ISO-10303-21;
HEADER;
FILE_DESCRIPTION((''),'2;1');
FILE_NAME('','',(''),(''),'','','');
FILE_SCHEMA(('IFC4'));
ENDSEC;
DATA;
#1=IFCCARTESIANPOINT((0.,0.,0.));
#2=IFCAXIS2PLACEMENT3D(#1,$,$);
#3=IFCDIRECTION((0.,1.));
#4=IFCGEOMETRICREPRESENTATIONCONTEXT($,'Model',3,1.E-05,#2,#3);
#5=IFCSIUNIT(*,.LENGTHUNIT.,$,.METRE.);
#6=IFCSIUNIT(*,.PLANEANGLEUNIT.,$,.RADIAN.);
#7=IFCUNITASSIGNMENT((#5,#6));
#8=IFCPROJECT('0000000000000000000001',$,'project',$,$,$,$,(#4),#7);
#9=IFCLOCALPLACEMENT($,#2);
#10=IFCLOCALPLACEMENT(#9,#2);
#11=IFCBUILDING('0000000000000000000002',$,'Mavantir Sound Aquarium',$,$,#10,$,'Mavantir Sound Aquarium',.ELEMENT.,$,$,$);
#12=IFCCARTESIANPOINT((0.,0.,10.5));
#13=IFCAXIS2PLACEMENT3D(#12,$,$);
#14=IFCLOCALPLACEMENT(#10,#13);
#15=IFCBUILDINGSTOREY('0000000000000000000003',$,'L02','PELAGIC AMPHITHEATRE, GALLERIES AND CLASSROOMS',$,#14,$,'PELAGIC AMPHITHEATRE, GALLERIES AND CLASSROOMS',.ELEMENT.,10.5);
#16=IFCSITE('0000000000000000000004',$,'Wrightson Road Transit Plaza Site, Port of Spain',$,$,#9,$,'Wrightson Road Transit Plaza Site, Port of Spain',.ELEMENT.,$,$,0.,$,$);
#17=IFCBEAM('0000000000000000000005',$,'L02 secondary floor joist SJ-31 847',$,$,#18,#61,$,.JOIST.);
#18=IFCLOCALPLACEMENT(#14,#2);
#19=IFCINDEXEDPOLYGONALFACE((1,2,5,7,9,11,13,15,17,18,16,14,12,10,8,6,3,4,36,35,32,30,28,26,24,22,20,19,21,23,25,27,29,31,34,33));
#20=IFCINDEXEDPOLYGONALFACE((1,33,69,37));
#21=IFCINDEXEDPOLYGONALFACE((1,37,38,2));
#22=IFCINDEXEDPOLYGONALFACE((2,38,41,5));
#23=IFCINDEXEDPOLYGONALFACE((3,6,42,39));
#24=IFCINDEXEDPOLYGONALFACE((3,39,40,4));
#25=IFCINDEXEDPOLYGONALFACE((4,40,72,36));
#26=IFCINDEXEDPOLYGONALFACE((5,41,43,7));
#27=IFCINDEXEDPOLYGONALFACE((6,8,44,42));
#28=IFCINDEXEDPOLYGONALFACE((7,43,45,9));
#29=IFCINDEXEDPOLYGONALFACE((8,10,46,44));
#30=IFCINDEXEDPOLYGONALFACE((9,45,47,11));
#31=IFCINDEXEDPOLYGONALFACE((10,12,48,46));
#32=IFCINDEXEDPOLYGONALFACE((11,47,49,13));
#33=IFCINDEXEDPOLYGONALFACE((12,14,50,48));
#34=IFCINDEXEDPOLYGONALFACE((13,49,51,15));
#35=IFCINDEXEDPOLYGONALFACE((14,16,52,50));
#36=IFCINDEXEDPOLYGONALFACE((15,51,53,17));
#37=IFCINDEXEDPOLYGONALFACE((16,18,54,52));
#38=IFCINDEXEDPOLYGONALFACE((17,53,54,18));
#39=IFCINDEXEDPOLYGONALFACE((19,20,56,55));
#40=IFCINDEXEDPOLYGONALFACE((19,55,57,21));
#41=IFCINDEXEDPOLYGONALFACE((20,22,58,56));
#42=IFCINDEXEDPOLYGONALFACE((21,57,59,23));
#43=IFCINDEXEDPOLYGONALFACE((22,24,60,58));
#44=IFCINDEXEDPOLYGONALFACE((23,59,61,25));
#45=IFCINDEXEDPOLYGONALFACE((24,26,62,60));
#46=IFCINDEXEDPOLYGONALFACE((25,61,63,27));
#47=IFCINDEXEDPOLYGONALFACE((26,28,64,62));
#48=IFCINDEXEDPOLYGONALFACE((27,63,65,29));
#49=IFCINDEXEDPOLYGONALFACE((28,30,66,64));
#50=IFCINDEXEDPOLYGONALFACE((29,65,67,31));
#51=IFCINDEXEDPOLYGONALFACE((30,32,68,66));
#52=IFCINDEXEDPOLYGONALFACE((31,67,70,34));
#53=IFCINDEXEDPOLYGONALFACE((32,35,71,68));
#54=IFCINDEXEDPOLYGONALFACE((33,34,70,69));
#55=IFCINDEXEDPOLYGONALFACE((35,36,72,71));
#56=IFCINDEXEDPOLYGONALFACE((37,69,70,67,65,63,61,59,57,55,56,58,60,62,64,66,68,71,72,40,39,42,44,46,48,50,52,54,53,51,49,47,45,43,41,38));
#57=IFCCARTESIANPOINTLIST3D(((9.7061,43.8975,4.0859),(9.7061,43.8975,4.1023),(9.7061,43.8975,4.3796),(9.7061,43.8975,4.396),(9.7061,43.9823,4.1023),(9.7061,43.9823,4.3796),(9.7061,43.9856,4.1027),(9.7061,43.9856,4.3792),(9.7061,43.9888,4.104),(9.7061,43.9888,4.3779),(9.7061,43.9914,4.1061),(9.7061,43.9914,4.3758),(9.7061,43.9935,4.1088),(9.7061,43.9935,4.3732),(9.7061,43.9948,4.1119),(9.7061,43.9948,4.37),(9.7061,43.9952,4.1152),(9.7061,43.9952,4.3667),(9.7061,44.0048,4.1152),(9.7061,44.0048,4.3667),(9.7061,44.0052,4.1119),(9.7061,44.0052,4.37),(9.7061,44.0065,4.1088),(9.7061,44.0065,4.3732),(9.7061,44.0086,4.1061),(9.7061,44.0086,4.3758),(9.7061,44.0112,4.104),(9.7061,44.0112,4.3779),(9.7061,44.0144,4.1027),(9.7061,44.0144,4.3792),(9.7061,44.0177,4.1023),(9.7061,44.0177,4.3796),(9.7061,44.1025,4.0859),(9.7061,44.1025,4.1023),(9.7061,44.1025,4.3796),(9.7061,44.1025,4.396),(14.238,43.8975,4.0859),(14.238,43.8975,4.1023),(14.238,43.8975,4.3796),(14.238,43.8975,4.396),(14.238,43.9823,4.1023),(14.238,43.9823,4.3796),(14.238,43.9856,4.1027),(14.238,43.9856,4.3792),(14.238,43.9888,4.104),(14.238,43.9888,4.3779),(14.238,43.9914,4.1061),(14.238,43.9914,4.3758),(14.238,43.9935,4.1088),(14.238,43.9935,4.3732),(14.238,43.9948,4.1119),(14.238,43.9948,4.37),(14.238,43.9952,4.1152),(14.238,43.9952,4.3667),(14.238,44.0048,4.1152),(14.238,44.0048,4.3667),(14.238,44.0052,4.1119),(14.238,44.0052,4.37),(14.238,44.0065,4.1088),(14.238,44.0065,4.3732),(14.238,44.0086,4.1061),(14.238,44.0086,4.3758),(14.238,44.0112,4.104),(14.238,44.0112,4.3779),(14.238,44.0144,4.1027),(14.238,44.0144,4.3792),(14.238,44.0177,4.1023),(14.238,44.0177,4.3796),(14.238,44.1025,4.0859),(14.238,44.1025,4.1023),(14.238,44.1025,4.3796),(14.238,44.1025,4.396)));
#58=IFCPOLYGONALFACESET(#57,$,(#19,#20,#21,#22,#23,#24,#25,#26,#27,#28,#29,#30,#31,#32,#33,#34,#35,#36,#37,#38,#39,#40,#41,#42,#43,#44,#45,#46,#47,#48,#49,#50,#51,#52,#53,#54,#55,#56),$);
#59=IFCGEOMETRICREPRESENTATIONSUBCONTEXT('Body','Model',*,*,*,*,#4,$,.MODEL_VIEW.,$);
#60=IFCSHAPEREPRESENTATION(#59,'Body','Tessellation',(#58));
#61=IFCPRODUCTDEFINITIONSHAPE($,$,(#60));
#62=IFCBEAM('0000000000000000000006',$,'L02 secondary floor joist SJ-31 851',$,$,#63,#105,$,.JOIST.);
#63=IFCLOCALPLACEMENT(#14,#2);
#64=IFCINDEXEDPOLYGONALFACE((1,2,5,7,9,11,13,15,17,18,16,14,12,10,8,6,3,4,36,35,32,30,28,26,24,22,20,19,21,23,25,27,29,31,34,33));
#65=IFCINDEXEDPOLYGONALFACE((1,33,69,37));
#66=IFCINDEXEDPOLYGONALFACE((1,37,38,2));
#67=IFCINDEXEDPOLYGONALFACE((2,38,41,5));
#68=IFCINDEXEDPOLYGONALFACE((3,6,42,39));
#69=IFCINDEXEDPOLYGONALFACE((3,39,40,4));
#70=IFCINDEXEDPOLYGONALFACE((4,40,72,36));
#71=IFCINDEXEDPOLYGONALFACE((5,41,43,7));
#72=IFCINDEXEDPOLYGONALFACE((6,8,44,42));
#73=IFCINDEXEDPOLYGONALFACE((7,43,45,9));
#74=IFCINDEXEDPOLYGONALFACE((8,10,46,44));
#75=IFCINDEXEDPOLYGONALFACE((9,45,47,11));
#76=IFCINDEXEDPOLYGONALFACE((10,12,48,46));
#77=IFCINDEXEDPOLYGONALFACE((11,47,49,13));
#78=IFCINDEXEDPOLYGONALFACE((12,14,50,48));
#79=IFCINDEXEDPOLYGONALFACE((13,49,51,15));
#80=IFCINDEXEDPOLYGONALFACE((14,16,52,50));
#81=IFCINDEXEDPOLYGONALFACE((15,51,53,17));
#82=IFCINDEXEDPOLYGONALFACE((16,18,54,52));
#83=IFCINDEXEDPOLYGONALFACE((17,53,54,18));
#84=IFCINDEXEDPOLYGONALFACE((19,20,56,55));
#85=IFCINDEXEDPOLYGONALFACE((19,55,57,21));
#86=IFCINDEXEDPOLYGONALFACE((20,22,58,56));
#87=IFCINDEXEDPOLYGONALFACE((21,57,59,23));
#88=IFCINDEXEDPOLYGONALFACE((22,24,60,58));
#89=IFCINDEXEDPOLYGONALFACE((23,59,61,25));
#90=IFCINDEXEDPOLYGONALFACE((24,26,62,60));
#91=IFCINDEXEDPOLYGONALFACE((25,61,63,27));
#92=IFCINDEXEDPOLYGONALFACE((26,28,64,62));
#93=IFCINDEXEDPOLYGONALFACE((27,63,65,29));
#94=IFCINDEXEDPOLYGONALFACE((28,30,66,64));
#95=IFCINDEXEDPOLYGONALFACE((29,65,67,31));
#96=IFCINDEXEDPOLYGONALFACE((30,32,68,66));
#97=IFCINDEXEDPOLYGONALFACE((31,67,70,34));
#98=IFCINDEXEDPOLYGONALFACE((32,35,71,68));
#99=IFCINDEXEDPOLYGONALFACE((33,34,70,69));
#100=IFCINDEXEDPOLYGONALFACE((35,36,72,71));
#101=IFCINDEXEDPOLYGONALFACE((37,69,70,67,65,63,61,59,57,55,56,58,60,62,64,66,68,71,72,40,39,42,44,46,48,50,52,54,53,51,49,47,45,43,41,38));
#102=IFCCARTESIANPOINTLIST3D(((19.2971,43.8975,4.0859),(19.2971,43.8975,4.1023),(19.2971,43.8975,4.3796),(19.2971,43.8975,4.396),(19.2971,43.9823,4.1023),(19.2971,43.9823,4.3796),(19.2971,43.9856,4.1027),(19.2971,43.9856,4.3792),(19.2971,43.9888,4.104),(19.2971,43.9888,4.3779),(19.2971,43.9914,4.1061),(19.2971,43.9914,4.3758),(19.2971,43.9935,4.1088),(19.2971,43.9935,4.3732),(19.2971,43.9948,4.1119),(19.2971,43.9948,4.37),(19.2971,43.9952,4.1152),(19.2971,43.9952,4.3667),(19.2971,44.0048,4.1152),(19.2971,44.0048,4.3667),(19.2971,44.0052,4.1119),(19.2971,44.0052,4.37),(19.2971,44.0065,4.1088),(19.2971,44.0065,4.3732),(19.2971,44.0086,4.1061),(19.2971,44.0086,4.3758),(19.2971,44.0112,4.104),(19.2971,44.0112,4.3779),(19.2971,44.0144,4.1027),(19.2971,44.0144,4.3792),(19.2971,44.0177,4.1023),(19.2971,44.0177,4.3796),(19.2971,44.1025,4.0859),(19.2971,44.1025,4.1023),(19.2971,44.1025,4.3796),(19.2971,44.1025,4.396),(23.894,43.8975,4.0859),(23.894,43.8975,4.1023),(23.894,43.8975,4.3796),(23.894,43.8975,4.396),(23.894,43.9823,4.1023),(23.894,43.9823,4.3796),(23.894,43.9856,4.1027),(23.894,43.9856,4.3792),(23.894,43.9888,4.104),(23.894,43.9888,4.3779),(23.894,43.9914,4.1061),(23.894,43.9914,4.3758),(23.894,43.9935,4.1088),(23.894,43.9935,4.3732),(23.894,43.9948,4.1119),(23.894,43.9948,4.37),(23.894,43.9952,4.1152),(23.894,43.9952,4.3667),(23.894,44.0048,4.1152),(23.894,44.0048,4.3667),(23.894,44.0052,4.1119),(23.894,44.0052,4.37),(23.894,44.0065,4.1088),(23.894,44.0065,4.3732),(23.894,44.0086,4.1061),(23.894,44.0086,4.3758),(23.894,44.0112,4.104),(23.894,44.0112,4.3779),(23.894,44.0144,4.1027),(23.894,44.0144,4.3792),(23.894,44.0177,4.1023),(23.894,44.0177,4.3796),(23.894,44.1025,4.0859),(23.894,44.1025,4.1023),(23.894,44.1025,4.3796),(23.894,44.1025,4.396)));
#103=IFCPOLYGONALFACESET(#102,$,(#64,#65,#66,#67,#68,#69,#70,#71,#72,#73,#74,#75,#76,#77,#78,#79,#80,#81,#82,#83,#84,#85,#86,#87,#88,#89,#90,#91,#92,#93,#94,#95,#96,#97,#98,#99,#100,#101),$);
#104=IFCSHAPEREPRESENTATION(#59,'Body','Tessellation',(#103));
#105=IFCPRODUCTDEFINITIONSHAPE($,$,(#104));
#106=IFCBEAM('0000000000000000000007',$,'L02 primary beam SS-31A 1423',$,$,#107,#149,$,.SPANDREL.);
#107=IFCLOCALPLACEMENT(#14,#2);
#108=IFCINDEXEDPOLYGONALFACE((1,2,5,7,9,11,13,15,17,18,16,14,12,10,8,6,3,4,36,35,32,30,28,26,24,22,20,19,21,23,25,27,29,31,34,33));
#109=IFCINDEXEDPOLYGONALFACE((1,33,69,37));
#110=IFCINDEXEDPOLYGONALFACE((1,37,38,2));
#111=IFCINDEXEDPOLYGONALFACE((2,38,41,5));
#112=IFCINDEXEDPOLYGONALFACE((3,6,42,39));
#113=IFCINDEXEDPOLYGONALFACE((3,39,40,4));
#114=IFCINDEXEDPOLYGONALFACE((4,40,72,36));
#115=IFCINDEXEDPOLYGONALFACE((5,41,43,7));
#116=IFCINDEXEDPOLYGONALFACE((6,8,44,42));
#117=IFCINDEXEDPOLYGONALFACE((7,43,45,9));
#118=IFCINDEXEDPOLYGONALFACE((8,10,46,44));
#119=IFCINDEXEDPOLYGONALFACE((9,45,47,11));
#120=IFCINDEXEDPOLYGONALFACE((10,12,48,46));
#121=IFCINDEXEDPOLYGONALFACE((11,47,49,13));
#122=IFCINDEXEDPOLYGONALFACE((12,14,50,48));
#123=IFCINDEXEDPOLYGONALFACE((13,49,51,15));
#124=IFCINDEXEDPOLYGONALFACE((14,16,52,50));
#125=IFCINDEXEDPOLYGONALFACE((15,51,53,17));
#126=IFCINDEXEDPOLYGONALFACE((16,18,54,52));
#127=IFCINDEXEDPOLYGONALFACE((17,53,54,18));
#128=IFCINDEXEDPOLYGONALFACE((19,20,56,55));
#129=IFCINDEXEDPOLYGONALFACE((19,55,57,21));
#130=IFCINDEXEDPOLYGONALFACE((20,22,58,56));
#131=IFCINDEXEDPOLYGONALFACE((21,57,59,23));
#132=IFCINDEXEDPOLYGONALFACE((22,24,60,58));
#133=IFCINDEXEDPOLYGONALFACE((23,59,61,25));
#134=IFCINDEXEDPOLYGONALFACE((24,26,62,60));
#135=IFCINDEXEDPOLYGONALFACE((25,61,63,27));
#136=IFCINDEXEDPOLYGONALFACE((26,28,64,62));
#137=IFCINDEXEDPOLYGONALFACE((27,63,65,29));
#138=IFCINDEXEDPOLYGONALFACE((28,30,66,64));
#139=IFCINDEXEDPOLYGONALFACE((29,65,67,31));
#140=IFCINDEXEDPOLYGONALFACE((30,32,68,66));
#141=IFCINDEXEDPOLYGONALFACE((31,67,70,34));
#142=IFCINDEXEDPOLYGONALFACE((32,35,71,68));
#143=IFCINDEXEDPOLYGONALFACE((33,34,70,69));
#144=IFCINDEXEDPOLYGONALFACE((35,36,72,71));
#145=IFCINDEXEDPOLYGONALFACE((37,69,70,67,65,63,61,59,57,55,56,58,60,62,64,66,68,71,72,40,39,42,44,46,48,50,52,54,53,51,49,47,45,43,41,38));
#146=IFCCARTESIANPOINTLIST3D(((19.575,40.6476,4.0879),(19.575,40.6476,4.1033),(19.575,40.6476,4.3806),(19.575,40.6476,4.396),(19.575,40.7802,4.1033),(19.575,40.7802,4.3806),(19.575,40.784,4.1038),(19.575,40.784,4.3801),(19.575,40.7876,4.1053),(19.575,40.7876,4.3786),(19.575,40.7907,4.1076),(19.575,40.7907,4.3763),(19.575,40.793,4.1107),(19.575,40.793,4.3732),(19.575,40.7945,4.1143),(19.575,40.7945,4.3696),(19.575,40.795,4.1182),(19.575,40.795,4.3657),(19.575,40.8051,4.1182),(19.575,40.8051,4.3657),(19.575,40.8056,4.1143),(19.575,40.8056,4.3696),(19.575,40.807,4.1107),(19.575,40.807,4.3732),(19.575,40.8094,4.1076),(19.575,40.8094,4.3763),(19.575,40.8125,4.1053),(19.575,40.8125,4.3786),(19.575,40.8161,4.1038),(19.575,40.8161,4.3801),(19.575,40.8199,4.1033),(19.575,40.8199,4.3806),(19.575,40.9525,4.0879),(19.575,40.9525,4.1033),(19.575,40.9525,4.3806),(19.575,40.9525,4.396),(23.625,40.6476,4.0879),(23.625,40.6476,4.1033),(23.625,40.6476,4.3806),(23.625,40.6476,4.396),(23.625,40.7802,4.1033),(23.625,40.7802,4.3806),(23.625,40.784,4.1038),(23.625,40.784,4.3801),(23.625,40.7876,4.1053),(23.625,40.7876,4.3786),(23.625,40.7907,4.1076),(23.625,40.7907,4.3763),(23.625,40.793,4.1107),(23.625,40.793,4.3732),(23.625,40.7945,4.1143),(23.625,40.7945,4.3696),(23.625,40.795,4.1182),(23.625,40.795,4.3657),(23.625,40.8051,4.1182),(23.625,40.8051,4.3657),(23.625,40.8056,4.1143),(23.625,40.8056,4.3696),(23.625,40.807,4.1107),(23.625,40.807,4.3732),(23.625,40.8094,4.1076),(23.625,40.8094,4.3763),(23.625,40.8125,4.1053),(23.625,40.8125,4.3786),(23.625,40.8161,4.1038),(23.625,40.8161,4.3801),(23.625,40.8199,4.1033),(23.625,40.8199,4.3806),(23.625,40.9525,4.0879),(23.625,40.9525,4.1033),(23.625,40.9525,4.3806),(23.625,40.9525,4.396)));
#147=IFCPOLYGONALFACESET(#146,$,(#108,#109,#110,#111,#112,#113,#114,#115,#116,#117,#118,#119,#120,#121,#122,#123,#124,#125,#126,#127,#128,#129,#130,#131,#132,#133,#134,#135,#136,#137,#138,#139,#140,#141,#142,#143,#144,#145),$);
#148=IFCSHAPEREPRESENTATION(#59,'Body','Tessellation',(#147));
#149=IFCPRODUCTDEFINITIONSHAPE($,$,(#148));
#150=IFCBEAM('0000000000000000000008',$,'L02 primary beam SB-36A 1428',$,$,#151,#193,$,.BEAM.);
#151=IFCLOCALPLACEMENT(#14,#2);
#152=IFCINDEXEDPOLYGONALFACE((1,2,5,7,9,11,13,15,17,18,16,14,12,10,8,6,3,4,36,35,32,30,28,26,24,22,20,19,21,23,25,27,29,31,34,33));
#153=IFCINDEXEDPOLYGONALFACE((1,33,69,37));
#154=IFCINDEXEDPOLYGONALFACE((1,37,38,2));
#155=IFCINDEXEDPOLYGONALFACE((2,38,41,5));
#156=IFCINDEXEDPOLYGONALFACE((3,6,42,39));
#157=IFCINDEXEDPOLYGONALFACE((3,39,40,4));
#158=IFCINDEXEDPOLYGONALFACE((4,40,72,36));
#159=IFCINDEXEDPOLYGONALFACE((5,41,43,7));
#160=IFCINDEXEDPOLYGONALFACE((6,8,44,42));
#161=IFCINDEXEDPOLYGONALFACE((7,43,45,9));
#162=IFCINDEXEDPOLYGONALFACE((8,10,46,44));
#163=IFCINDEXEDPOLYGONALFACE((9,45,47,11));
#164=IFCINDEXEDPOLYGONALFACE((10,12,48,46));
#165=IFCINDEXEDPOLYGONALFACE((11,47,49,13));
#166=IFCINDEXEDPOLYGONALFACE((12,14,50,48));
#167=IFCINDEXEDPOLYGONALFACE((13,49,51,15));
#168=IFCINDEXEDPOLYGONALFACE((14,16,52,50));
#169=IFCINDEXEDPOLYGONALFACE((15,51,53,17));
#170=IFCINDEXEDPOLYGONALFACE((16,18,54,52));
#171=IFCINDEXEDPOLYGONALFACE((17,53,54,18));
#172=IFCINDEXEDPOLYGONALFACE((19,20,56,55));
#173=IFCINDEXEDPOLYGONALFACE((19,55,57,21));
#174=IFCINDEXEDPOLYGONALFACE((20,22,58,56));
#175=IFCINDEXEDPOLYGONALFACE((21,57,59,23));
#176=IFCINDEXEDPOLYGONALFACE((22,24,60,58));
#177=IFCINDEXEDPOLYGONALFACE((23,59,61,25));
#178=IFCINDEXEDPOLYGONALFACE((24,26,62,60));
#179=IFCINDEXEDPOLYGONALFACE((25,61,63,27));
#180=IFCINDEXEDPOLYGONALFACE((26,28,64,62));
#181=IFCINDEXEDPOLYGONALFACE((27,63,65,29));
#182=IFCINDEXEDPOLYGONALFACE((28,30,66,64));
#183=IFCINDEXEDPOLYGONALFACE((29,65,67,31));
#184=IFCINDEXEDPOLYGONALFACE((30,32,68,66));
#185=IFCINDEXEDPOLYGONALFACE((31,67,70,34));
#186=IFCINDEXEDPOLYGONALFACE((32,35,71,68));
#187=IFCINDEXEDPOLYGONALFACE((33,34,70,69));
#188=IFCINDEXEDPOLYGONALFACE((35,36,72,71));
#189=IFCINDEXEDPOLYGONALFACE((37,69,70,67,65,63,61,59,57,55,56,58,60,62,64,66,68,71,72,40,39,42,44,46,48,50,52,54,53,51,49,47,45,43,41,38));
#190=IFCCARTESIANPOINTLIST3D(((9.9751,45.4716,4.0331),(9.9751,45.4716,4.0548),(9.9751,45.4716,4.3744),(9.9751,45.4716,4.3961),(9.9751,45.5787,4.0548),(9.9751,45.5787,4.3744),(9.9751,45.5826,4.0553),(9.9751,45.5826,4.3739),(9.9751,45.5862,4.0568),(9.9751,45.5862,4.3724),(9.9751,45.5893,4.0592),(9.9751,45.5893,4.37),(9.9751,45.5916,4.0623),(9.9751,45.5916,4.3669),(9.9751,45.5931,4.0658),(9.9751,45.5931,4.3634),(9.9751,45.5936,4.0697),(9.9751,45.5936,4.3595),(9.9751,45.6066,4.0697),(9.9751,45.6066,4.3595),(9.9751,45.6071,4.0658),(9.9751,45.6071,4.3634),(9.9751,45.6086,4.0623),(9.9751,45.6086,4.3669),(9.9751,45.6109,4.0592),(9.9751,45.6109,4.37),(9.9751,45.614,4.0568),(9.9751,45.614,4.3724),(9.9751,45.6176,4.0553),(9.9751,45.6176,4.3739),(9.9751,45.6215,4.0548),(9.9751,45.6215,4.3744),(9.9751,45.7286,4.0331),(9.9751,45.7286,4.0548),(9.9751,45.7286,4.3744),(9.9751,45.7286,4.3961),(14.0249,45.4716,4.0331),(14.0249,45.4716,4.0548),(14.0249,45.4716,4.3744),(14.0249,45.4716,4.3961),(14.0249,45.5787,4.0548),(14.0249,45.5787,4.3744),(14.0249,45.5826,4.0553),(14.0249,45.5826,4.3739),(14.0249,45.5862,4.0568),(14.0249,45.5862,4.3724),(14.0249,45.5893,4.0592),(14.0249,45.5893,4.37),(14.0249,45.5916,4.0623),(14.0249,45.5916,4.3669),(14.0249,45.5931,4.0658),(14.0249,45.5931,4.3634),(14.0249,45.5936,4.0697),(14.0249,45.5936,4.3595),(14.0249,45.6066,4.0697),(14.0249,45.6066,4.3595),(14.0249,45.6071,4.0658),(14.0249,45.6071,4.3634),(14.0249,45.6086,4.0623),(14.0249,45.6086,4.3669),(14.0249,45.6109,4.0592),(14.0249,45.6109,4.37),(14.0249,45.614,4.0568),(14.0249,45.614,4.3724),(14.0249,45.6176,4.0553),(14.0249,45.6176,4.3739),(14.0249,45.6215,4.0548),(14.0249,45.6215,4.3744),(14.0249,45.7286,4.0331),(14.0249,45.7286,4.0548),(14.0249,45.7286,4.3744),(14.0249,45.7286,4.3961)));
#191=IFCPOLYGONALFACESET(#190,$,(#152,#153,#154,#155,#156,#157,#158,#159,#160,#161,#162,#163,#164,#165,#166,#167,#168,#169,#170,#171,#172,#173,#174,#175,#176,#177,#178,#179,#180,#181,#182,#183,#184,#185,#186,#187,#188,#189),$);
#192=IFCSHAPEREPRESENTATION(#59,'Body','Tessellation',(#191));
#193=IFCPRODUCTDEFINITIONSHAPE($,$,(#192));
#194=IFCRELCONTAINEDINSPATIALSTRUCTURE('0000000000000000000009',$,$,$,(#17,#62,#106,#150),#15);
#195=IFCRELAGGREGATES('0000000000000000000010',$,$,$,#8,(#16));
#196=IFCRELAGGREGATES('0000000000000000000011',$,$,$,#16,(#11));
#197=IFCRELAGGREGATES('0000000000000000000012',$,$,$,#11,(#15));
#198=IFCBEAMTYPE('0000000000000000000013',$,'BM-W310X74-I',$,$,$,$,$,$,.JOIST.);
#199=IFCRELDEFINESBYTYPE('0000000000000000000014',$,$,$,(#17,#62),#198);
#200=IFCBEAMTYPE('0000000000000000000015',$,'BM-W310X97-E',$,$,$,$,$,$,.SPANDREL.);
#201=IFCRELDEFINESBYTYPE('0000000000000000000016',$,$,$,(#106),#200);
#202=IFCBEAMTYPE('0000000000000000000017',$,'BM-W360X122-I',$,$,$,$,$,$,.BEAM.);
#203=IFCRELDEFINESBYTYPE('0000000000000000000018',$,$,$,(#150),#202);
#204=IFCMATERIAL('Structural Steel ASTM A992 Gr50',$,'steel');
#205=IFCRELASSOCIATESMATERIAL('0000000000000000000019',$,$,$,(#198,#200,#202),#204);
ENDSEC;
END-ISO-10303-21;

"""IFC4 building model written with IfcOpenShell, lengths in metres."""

from ifc_helpers import new_model, si_unit, direction, frame, origin, origin_2d, place, context, subcontext, project, spatial, i_section, extrude, material, material_profile, profile_set, type_object, element, save


model = new_model("IFC4")

# Units and contexts
model_context = context("Model", 3, precision=1e-05, world=origin(), true_north=direction((0.0, 1.0)))
body_context = subcontext(model_context, "Body", "Model", "MODEL_VIEW")
ifc_project = project(units=[si_unit("LENGTHUNIT", "METRE"), si_unit("PLANEANGLEUNIT", "RADIAN")], contexts=[model_context])

# Site, building, storey
site_placement = place(None, origin())
site = spatial("IfcSite", under=ifc_project, at=site_placement, Name="Wrightson Road Transit Plaza Site, Port of Spain", LongName="Wrightson Road Transit Plaza Site, Port of Spain", CompositionType="ELEMENT", RefElevation=0.0)
building_placement = place(site_placement, origin())
building = spatial("IfcBuilding", under=site, at=building_placement, Name="Mavantir Sound Aquarium", LongName="Mavantir Sound Aquarium", CompositionType="ELEMENT")
storey_placement = place(building_placement, frame((0.0, 0.0, 10.5)))
storey = spatial("IfcBuildingStorey", under=building, at=storey_placement, Name="L02", Description="PELAGIC AMPHITHEATRE, GALLERIES AND CLASSROOMS", LongName="PELAGIC AMPHITHEATRE, GALLERIES AND CLASSROOMS", CompositionType="ELEMENT", Elevation=10.5)

# Beams
ifc_material_1 = material(Name="Structural Steel ASTM A992 Gr50", Category="steel")
ifc_material_profile_1 = material_profile(ifc_material_1, i_section(OverallWidth=0.2051, OverallDepth=0.3101, WebThickness=0.0095, FlangeThickness=0.0164, FilletRadius=0.0129, at=origin_2d()), Name="W310X74")
ifc_profile_set_1 = profile_set([ifc_material_profile_1], Name="Structural Steel ASTM A992 Gr50")
beam_type_1 = type_object("IfcBeamType", Name="BM-W310X74-I", PredefinedType="JOIST", material=ifc_profile_set_1)
beam_1_placement = place(storey_placement, frame((9.7061, 44.0, 4.241), z_axis=(1.0, 0.0, 0.0), x_axis=(0.0, 1.0, 0.0)))
element("IfcBeam", 1, at=beam_1_placement, inside=storey, type_object=beam_type_1, Name="L02 secondary floor joist SJ-31 847", PredefinedType="JOIST", context=body_context, shape_type="SweptSolid", body=[
    extrude(i_section(OverallWidth=0.2051, OverallDepth=0.3101, WebThickness=0.0095, FlangeThickness=0.0164, FilletRadius=0.0129, at=origin_2d()), origin(), (0.0, 0.0, 1.0), 4.532),
])
beam_2_placement = place(storey_placement, frame((19.2971, 44.0, 4.241), z_axis=(1.0, 0.0, 0.0), x_axis=(0.0, 1.0, 0.0)))
element("IfcBeam", 2, at=beam_2_placement, inside=storey, type_object=beam_type_1, Name="L02 secondary floor joist SJ-31 851", PredefinedType="JOIST", context=body_context, shape_type="SweptSolid", body=[
    extrude(i_section(OverallWidth=0.2051, OverallDepth=0.3101, WebThickness=0.0095, FlangeThickness=0.0164, FilletRadius=0.0129, at=origin_2d()), origin(), (0.0, 0.0, 1.0), 4.5969),
])
ifc_material_profile_2 = material_profile(ifc_material_1, i_section(OverallWidth=0.3049, OverallDepth=0.3081, WebThickness=0.01, FlangeThickness=0.0154, FilletRadius=0.0149, at=origin_2d()), Name="W310X97")
ifc_profile_set_2 = profile_set([ifc_material_profile_2], Name="Structural Steel ASTM A992 Gr50")
beam_type_2 = type_object("IfcBeamType", Name="BM-W310X97-E", PredefinedType="SPANDREL", material=ifc_profile_set_2)
beam_3_placement = place(storey_placement, frame((19.575, 40.8, 4.2419), z_axis=(1.0, 0.0, 0.0), x_axis=(0.0, 1.0, 0.0)))
element("IfcBeam", 3, at=beam_3_placement, inside=storey, type_object=beam_type_2, Name="L02 primary beam SS-31A 1423", PredefinedType="SPANDREL", context=body_context, shape_type="SweptSolid", body=[
    extrude(i_section(OverallWidth=0.3049, OverallDepth=0.3081, WebThickness=0.01, FlangeThickness=0.0154, FilletRadius=0.0149, at=origin_2d()), origin(), (0.0, 0.0, 1.0), 4.05),
])
ifc_material_profile_3 = material_profile(ifc_material_1, i_section(OverallWidth=0.2571, OverallDepth=0.363, WebThickness=0.0129, FlangeThickness=0.0217, FilletRadius=0.0149, at=origin_2d()), Name="W360X122")
ifc_profile_set_3 = profile_set([ifc_material_profile_3], Name="Structural Steel ASTM A992 Gr50")
beam_type_3 = type_object("IfcBeamType", Name="BM-W360X122-I", PredefinedType="BEAM", material=ifc_profile_set_3)
beam_4_placement = place(storey_placement, frame((9.9751, 45.6001, 4.2146), z_axis=(1.0, 0.0, 0.0), x_axis=(0.0, 1.0, 0.0)))
element("IfcBeam", 4, at=beam_4_placement, inside=storey, type_object=beam_type_3, Name="L02 primary beam SB-36A 1428", PredefinedType="BEAM", context=body_context, shape_type="SweptSolid", body=[
    extrude(i_section(OverallWidth=0.2571, OverallDepth=0.363, WebThickness=0.0129, FlangeThickness=0.0217, FilletRadius=0.0149, at=origin_2d()), origin(), (0.0, 0.0, 1.0), 4.0498),
])

save(model, "model.ifc")
